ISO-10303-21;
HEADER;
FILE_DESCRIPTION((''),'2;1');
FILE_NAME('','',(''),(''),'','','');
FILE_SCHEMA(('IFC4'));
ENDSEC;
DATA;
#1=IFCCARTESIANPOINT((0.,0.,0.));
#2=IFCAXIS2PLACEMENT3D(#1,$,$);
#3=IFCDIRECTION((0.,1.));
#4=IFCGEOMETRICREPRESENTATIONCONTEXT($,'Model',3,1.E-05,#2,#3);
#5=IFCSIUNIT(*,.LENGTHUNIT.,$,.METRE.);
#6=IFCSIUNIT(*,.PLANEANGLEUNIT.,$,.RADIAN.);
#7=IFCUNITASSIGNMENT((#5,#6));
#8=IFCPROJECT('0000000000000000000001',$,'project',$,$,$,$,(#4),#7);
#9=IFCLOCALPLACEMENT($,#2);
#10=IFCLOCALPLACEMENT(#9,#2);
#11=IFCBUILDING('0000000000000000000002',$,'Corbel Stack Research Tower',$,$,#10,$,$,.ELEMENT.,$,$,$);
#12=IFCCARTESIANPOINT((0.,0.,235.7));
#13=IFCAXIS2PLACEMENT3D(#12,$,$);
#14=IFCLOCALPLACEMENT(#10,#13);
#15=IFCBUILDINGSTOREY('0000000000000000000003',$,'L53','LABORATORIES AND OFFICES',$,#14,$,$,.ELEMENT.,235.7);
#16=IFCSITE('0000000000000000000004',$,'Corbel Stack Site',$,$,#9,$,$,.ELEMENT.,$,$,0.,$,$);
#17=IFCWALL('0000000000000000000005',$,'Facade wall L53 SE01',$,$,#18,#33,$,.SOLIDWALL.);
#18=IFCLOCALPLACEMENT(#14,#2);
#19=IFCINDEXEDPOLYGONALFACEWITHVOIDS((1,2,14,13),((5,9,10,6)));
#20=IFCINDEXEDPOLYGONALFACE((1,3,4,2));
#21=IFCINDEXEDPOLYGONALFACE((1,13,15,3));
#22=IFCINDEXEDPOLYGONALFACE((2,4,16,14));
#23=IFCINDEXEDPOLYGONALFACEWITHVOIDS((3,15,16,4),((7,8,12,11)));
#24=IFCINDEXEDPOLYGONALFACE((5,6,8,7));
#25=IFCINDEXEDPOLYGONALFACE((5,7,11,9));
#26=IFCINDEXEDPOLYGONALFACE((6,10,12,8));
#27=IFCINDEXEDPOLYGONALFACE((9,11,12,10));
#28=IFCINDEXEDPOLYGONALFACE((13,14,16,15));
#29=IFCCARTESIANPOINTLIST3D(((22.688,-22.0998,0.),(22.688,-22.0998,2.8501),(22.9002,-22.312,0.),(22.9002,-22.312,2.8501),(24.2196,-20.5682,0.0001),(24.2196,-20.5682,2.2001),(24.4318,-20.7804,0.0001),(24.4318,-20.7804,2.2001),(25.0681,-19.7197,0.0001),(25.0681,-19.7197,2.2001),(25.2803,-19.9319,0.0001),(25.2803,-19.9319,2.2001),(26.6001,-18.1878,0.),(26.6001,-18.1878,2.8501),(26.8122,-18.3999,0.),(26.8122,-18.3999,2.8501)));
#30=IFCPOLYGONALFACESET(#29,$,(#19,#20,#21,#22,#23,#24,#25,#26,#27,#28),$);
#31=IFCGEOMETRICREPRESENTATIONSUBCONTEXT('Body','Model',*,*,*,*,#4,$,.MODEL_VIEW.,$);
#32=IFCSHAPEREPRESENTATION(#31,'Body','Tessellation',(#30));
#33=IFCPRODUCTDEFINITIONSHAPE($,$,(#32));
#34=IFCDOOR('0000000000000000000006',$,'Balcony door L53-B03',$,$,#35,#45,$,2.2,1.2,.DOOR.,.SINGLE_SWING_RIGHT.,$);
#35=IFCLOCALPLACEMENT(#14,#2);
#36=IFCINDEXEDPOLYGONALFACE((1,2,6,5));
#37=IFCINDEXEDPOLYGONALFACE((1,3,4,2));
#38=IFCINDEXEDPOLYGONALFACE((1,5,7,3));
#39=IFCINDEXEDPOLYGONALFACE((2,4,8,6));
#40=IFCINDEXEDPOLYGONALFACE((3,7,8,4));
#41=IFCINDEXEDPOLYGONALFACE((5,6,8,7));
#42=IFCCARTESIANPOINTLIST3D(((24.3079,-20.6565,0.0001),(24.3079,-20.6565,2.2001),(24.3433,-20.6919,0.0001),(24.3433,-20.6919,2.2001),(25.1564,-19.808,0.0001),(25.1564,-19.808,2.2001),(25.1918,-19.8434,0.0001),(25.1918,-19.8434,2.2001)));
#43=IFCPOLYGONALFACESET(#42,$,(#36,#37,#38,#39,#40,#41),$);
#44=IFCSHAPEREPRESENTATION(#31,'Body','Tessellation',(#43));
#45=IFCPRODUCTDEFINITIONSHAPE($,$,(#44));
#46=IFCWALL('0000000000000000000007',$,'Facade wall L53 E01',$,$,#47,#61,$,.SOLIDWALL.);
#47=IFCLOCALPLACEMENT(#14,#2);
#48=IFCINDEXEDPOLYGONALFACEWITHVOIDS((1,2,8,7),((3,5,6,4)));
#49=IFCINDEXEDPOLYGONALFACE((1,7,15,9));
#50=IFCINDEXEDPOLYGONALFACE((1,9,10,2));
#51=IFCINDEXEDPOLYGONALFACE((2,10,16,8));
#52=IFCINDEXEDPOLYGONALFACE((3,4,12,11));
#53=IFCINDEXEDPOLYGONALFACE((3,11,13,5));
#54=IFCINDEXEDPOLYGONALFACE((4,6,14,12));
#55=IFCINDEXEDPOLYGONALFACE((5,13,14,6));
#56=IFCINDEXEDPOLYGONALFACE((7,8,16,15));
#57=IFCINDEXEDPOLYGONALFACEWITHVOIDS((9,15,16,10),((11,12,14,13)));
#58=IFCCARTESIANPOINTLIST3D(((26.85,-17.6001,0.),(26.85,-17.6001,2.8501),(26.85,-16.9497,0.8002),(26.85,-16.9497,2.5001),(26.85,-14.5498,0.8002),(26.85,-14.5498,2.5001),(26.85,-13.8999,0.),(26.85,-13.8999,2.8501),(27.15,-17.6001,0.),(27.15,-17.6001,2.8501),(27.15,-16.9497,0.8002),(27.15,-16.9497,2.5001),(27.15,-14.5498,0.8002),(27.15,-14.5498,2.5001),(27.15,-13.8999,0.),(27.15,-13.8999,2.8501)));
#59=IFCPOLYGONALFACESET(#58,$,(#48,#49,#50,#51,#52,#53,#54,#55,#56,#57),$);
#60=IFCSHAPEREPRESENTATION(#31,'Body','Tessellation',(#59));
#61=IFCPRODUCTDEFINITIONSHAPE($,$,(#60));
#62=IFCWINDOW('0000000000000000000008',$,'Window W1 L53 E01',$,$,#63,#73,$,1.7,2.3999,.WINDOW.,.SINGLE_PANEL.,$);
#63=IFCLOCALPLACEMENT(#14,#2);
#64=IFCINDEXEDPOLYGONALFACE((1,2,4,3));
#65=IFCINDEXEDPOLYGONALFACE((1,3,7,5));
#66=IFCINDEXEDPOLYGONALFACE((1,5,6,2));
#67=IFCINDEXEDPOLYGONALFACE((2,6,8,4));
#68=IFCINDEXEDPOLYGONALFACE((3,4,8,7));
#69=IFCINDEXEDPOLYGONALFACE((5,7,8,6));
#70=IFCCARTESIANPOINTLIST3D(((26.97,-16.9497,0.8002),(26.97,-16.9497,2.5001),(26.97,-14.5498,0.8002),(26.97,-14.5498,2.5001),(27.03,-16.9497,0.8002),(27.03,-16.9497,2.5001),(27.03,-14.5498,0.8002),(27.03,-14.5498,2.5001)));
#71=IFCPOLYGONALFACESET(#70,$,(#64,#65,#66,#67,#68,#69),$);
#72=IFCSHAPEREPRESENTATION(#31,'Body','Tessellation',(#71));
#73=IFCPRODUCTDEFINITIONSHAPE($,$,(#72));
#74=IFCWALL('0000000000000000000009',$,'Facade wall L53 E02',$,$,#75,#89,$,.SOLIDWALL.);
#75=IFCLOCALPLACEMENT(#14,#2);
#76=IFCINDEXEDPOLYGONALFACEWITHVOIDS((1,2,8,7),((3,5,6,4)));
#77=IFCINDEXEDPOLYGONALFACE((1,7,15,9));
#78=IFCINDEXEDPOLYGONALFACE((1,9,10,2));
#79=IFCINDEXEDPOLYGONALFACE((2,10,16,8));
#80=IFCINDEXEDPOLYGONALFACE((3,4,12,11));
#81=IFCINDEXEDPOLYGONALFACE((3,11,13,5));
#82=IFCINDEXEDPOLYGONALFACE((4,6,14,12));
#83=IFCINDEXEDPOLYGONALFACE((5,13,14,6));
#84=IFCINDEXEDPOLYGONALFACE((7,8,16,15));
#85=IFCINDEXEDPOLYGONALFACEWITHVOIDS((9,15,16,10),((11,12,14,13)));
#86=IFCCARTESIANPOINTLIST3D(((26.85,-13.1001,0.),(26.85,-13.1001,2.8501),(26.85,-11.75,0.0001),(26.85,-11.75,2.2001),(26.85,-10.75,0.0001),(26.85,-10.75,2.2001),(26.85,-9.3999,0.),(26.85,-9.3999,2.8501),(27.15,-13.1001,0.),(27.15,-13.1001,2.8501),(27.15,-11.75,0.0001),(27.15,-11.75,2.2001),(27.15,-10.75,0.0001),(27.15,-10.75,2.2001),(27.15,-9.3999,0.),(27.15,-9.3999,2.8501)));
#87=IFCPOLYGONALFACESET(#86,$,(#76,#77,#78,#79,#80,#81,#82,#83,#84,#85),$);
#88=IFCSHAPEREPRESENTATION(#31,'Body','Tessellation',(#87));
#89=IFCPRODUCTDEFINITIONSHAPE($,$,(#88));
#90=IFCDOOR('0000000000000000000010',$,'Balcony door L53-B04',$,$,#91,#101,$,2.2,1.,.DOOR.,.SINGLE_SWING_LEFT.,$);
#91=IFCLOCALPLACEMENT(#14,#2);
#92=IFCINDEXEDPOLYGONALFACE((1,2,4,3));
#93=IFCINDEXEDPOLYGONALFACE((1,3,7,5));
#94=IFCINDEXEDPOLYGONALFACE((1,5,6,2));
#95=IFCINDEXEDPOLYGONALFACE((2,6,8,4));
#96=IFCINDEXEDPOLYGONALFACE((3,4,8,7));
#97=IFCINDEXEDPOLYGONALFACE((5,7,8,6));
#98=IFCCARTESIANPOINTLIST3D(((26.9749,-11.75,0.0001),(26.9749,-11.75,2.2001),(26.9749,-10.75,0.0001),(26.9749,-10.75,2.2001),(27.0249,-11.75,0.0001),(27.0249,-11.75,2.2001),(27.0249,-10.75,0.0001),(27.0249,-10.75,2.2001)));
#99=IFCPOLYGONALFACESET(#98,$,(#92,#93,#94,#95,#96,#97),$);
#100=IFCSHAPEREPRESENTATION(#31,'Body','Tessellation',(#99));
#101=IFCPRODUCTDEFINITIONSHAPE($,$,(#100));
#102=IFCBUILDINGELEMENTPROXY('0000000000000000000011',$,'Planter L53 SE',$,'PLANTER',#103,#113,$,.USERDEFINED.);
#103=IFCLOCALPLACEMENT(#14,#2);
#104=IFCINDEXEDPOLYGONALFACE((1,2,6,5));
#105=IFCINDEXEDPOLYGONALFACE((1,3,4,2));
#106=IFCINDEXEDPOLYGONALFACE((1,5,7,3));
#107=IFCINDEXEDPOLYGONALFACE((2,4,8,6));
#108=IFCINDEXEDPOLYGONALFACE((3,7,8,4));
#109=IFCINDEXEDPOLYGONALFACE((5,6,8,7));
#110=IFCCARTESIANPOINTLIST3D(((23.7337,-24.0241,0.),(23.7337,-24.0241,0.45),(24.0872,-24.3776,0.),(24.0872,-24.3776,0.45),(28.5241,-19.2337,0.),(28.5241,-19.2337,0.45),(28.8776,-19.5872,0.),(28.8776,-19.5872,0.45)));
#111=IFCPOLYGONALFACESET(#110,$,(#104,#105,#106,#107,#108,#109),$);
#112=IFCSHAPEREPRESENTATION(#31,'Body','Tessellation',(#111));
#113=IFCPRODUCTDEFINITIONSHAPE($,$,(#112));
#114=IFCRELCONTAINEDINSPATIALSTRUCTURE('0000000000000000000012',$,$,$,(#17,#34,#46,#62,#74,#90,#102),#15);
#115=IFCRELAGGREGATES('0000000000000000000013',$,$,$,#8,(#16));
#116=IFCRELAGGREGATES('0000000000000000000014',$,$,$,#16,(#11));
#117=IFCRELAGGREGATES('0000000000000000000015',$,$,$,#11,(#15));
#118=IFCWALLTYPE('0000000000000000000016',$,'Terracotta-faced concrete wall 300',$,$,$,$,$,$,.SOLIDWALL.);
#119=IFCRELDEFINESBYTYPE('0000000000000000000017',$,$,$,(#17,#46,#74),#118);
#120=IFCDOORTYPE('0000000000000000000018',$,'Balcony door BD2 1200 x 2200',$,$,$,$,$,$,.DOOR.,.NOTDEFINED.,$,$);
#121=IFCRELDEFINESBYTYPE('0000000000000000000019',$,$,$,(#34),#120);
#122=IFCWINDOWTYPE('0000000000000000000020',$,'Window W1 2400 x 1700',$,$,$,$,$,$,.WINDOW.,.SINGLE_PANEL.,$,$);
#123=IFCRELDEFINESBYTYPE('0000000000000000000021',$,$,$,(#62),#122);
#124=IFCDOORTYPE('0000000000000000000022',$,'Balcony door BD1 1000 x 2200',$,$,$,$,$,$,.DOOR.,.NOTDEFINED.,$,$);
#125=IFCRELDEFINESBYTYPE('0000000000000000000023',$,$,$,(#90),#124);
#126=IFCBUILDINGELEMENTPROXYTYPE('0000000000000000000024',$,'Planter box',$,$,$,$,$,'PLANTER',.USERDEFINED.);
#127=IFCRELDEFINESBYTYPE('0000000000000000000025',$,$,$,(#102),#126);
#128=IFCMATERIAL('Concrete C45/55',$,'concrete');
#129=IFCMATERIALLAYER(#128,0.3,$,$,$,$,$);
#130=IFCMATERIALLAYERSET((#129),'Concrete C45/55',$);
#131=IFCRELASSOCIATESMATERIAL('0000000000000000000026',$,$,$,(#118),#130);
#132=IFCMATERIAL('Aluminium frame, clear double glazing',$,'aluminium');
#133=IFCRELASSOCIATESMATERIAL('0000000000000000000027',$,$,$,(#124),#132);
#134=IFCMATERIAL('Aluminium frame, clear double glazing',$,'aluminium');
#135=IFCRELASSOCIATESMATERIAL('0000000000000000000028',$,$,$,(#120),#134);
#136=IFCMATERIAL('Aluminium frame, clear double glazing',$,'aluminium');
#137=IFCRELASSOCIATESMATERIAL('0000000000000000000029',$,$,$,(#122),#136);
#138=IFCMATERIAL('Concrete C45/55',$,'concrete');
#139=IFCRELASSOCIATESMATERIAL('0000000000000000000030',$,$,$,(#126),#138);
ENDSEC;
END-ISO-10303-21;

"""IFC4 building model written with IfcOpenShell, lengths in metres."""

from ifc_helpers import new_model, si_unit, direction, frame, frame_2d, origin, origin_2d, place, context, subcontext, project, spatial, rectangle, extrude, material, layer, layer_set, type_object, element, fill, save


model = new_model("IFC4")

# Units and contexts
model_context = context("Model", 3, precision=1e-05, world=origin(), true_north=direction((0.0, 1.0)))
body_context = subcontext(model_context, "Body", "Model", "MODEL_VIEW")
ifc_project = project(units=[si_unit("LENGTHUNIT", "METRE"), si_unit("PLANEANGLEUNIT", "RADIAN")], contexts=[model_context])

# Site, building, storey
site_placement = place(None, origin())
site = spatial("IfcSite", under=ifc_project, at=site_placement, Name="Corbel Stack Site", CompositionType="ELEMENT", RefElevation=0.0)
building_placement = place(site_placement, origin())
building = spatial("IfcBuilding", under=site, at=building_placement, Name="Corbel Stack Research Tower", CompositionType="ELEMENT")
storey_placement = place(building_placement, frame((0.0, 0.0, 235.7)))
storey = spatial("IfcBuildingStorey", under=building, at=storey_placement, Name="L53", Description="LABORATORIES AND OFFICES", CompositionType="ELEMENT", Elevation=235.7)

# Shared definitions
ifc_material_1 = material(Name="Concrete C45/55", Category="concrete")
ifc_layer_1 = layer(ifc_material_1, 0.3)
ifc_layer_set_1 = layer_set([ifc_layer_1], Name="Concrete C45/55")
wall_type_1 = type_object("IfcWallType", Name="Terracotta-faced concrete wall 300", PredefinedType="SOLIDWALL", material=ifc_layer_set_1)
ifc_material_2 = material(Name="Aluminium frame, clear double glazing", Category="aluminium")
door_type_1 = type_object("IfcDoorType", Name="Balcony door BD1 1000 x 2200", OperationType="NOTDEFINED", PredefinedType="DOOR", material=ifc_material_2)

# Wall, opening, door
wall_1_placement = place(storey_placement, frame((26.7061, -18.2939, 0.0), z_axis=(0.0, 0.0, 1.0), x_axis=(-0.707107, -0.707107, 0.0)))
wall_1 = element("IfcWall", 1, at=wall_1_placement, inside=storey, type_object=wall_type_1, Name="Facade wall L53 SE01", PredefinedType="SOLIDWALL", context=body_context, shape_type="SweptSolid", body=[
    extrude(rectangle(XDim=5.5325, YDim=0.3, at=frame_2d((2.7661, 0.0))), origin(), (0.0, 0.0, 1.0), 2.8501),
])
opening_1_placement = place(wall_1_placement, frame((2.1663, 0.0, 0.0)))
opening_1 = element("IfcOpeningElement", 2, at=opening_1_placement, cuts=wall_1, PredefinedType="OPENING", context=body_context, shape_type="SweptSolid", body=[
    extrude(rectangle(XDim=1.2, YDim=2.2, at=frame_2d((0.6001, 1.1001))), frame((0.0, 0.1599, 0.0), z_axis=(0.0, -1.0, 0.0), x_axis=(1.0, 0.0, 0.0)), (0.0, 0.0, 1.0), 0.3201),
])
ifc_material_3 = material(Name="Aluminium frame, clear double glazing", Category="aluminium")
door_type_2 = type_object("IfcDoorType", Name="Balcony door BD2 1200 x 2200", OperationType="NOTDEFINED", PredefinedType="DOOR", material=ifc_material_3)
door_1_placement = place(opening_1_placement, origin())
door_1 = element("IfcDoor", 3, at=door_1_placement, inside=storey, type_object=door_type_2, Name="Balcony door L53-B03", OperationType="SINGLE_SWING_RIGHT", OverallHeight=2.2, OverallWidth=1.2, PredefinedType="DOOR", context=body_context, shape_type="SweptSolid", body=[
    extrude(rectangle(XDim=1.2, YDim=2.2, at=frame_2d((0.6001, 1.1001))), frame((0.0, 0.0249, 0.0), z_axis=(0.0, -1.0, 0.0), x_axis=(1.0, 0.0, 0.0)), (0.0, 0.0, 1.0), 0.05),
])
fill(opening_1, door_1)

# Wall, opening, window
wall_2_placement = place(storey_placement, frame((27.0, -13.8999, 0.0), z_axis=(0.0, 0.0, 1.0), x_axis=(0.0, -1.0, 0.0)))
wall_2 = element("IfcWall", 4, at=wall_2_placement, inside=storey, type_object=wall_type_1, Name="Facade wall L53 E01", PredefinedType="SOLIDWALL", context=body_context, shape_type="SweptSolid", body=[
    extrude(rectangle(XDim=3.7002, YDim=0.3, at=frame_2d((1.8501, 0.0))), origin(), (0.0, 0.0, 1.0), 2.8501),
])
opening_2_placement = place(wall_2_placement, frame((0.6499, 0.0, 0.8)))
opening_2 = element("IfcOpeningElement", 5, at=opening_2_placement, cuts=wall_2, PredefinedType="OPENING", context=body_context, shape_type="SweptSolid", body=[
    extrude(rectangle(XDim=2.3999, YDim=1.7, at=frame_2d((1.2, 0.8501))), frame((0.0, 0.1599, 0.0), z_axis=(0.0, -1.0, 0.0), x_axis=(1.0, 0.0, 0.0)), (0.0, 0.0, 1.0), 0.3201),
])
ifc_material_4 = material(Name="Aluminium frame, clear double glazing", Category="aluminium")
window_type_1 = type_object("IfcWindowType", Name="Window W1 2400 x 1700", PartitioningType="SINGLE_PANEL", PredefinedType="WINDOW", material=ifc_material_4)
window_1_placement = place(opening_2_placement, origin())
window_1 = element("IfcWindow", 6, at=window_1_placement, inside=storey, type_object=window_type_1, Name="Window W1 L53 E01", OverallHeight=1.7, OverallWidth=2.3999, PartitioningType="SINGLE_PANEL", PredefinedType="WINDOW", context=body_context, shape_type="SweptSolid", body=[
    extrude(rectangle(XDim=2.3999, YDim=1.7, at=frame_2d((1.2, 0.8501))), frame((0.0, 0.03, 0.0), z_axis=(0.0, -1.0, 0.0), x_axis=(1.0, 0.0, 0.0)), (0.0, 0.0, 1.0), 0.0601),
])
fill(opening_2, window_1)

# Wall, opening, door
wall_3_placement = place(storey_placement, frame((27.0, -9.3999, 0.0), z_axis=(0.0, 0.0, 1.0), x_axis=(0.0, -1.0, 0.0)))
wall_3 = element("IfcWall", 7, at=wall_3_placement, inside=storey, type_object=wall_type_1, Name="Facade wall L53 E02", PredefinedType="SOLIDWALL", context=body_context, shape_type="SweptSolid", body=[
    extrude(rectangle(XDim=3.7002, YDim=0.3, at=frame_2d((1.8501, 0.0))), origin(), (0.0, 0.0, 1.0), 2.8501),
])
opening_3_placement = place(wall_3_placement, frame((1.3501, 0.0, 0.0)))
opening_3 = element("IfcOpeningElement", 8, at=opening_3_placement, cuts=wall_3, PredefinedType="OPENING", context=body_context, shape_type="SweptSolid", body=[
    extrude(rectangle(XDim=1.0, YDim=2.2, at=frame_2d((0.5, 1.1001))), frame((0.0, 0.1599, 0.0), z_axis=(0.0, -1.0, 0.0), x_axis=(1.0, 0.0, 0.0)), (0.0, 0.0, 1.0), 0.3201),
])
door_2_placement = place(opening_3_placement, origin())
door_2 = element("IfcDoor", 9, at=door_2_placement, inside=storey, type_object=door_type_1, Name="Balcony door L53-B04", OperationType="SINGLE_SWING_LEFT", OverallHeight=2.2, OverallWidth=1.0, PredefinedType="DOOR", context=body_context, shape_type="SweptSolid", body=[
    extrude(rectangle(XDim=1.0, YDim=2.2, at=frame_2d((0.5, 1.1001))), frame((0.0, 0.0249, 0.0), z_axis=(0.0, -1.0, 0.0), x_axis=(1.0, 0.0, 0.0)), (0.0, 0.0, 1.0), 0.05),
])
fill(opening_3, door_2)

# Building element proxy
ifc_material_5 = material(Name="Concrete C45/55", Category="concrete")
building_element_proxy_type = type_object("IfcBuildingElementProxyType", Name="Planter box", ElementType="PLANTER", PredefinedType="USERDEFINED", material=ifc_material_5)
proxy_placement = place(storey_placement, frame((26.3057, -21.8057, 0.0), z_axis=(0.0, 0.0, 1.0), x_axis=(0.707107, 0.707107, 0.0)))
element("IfcBuildingElementProxy", 10, at=proxy_placement, inside=storey, type_object=building_element_proxy_type, Name="Planter L53 SE", ObjectType="PLANTER", PredefinedType="USERDEFINED", context=body_context, shape_type="SweptSolid", body=[
    extrude(rectangle(XDim=6.7747, YDim=0.5, at=origin_2d()), origin(), (0.0, 0.0, 1.0), 0.45),
])

save(model, "model.ifc")
